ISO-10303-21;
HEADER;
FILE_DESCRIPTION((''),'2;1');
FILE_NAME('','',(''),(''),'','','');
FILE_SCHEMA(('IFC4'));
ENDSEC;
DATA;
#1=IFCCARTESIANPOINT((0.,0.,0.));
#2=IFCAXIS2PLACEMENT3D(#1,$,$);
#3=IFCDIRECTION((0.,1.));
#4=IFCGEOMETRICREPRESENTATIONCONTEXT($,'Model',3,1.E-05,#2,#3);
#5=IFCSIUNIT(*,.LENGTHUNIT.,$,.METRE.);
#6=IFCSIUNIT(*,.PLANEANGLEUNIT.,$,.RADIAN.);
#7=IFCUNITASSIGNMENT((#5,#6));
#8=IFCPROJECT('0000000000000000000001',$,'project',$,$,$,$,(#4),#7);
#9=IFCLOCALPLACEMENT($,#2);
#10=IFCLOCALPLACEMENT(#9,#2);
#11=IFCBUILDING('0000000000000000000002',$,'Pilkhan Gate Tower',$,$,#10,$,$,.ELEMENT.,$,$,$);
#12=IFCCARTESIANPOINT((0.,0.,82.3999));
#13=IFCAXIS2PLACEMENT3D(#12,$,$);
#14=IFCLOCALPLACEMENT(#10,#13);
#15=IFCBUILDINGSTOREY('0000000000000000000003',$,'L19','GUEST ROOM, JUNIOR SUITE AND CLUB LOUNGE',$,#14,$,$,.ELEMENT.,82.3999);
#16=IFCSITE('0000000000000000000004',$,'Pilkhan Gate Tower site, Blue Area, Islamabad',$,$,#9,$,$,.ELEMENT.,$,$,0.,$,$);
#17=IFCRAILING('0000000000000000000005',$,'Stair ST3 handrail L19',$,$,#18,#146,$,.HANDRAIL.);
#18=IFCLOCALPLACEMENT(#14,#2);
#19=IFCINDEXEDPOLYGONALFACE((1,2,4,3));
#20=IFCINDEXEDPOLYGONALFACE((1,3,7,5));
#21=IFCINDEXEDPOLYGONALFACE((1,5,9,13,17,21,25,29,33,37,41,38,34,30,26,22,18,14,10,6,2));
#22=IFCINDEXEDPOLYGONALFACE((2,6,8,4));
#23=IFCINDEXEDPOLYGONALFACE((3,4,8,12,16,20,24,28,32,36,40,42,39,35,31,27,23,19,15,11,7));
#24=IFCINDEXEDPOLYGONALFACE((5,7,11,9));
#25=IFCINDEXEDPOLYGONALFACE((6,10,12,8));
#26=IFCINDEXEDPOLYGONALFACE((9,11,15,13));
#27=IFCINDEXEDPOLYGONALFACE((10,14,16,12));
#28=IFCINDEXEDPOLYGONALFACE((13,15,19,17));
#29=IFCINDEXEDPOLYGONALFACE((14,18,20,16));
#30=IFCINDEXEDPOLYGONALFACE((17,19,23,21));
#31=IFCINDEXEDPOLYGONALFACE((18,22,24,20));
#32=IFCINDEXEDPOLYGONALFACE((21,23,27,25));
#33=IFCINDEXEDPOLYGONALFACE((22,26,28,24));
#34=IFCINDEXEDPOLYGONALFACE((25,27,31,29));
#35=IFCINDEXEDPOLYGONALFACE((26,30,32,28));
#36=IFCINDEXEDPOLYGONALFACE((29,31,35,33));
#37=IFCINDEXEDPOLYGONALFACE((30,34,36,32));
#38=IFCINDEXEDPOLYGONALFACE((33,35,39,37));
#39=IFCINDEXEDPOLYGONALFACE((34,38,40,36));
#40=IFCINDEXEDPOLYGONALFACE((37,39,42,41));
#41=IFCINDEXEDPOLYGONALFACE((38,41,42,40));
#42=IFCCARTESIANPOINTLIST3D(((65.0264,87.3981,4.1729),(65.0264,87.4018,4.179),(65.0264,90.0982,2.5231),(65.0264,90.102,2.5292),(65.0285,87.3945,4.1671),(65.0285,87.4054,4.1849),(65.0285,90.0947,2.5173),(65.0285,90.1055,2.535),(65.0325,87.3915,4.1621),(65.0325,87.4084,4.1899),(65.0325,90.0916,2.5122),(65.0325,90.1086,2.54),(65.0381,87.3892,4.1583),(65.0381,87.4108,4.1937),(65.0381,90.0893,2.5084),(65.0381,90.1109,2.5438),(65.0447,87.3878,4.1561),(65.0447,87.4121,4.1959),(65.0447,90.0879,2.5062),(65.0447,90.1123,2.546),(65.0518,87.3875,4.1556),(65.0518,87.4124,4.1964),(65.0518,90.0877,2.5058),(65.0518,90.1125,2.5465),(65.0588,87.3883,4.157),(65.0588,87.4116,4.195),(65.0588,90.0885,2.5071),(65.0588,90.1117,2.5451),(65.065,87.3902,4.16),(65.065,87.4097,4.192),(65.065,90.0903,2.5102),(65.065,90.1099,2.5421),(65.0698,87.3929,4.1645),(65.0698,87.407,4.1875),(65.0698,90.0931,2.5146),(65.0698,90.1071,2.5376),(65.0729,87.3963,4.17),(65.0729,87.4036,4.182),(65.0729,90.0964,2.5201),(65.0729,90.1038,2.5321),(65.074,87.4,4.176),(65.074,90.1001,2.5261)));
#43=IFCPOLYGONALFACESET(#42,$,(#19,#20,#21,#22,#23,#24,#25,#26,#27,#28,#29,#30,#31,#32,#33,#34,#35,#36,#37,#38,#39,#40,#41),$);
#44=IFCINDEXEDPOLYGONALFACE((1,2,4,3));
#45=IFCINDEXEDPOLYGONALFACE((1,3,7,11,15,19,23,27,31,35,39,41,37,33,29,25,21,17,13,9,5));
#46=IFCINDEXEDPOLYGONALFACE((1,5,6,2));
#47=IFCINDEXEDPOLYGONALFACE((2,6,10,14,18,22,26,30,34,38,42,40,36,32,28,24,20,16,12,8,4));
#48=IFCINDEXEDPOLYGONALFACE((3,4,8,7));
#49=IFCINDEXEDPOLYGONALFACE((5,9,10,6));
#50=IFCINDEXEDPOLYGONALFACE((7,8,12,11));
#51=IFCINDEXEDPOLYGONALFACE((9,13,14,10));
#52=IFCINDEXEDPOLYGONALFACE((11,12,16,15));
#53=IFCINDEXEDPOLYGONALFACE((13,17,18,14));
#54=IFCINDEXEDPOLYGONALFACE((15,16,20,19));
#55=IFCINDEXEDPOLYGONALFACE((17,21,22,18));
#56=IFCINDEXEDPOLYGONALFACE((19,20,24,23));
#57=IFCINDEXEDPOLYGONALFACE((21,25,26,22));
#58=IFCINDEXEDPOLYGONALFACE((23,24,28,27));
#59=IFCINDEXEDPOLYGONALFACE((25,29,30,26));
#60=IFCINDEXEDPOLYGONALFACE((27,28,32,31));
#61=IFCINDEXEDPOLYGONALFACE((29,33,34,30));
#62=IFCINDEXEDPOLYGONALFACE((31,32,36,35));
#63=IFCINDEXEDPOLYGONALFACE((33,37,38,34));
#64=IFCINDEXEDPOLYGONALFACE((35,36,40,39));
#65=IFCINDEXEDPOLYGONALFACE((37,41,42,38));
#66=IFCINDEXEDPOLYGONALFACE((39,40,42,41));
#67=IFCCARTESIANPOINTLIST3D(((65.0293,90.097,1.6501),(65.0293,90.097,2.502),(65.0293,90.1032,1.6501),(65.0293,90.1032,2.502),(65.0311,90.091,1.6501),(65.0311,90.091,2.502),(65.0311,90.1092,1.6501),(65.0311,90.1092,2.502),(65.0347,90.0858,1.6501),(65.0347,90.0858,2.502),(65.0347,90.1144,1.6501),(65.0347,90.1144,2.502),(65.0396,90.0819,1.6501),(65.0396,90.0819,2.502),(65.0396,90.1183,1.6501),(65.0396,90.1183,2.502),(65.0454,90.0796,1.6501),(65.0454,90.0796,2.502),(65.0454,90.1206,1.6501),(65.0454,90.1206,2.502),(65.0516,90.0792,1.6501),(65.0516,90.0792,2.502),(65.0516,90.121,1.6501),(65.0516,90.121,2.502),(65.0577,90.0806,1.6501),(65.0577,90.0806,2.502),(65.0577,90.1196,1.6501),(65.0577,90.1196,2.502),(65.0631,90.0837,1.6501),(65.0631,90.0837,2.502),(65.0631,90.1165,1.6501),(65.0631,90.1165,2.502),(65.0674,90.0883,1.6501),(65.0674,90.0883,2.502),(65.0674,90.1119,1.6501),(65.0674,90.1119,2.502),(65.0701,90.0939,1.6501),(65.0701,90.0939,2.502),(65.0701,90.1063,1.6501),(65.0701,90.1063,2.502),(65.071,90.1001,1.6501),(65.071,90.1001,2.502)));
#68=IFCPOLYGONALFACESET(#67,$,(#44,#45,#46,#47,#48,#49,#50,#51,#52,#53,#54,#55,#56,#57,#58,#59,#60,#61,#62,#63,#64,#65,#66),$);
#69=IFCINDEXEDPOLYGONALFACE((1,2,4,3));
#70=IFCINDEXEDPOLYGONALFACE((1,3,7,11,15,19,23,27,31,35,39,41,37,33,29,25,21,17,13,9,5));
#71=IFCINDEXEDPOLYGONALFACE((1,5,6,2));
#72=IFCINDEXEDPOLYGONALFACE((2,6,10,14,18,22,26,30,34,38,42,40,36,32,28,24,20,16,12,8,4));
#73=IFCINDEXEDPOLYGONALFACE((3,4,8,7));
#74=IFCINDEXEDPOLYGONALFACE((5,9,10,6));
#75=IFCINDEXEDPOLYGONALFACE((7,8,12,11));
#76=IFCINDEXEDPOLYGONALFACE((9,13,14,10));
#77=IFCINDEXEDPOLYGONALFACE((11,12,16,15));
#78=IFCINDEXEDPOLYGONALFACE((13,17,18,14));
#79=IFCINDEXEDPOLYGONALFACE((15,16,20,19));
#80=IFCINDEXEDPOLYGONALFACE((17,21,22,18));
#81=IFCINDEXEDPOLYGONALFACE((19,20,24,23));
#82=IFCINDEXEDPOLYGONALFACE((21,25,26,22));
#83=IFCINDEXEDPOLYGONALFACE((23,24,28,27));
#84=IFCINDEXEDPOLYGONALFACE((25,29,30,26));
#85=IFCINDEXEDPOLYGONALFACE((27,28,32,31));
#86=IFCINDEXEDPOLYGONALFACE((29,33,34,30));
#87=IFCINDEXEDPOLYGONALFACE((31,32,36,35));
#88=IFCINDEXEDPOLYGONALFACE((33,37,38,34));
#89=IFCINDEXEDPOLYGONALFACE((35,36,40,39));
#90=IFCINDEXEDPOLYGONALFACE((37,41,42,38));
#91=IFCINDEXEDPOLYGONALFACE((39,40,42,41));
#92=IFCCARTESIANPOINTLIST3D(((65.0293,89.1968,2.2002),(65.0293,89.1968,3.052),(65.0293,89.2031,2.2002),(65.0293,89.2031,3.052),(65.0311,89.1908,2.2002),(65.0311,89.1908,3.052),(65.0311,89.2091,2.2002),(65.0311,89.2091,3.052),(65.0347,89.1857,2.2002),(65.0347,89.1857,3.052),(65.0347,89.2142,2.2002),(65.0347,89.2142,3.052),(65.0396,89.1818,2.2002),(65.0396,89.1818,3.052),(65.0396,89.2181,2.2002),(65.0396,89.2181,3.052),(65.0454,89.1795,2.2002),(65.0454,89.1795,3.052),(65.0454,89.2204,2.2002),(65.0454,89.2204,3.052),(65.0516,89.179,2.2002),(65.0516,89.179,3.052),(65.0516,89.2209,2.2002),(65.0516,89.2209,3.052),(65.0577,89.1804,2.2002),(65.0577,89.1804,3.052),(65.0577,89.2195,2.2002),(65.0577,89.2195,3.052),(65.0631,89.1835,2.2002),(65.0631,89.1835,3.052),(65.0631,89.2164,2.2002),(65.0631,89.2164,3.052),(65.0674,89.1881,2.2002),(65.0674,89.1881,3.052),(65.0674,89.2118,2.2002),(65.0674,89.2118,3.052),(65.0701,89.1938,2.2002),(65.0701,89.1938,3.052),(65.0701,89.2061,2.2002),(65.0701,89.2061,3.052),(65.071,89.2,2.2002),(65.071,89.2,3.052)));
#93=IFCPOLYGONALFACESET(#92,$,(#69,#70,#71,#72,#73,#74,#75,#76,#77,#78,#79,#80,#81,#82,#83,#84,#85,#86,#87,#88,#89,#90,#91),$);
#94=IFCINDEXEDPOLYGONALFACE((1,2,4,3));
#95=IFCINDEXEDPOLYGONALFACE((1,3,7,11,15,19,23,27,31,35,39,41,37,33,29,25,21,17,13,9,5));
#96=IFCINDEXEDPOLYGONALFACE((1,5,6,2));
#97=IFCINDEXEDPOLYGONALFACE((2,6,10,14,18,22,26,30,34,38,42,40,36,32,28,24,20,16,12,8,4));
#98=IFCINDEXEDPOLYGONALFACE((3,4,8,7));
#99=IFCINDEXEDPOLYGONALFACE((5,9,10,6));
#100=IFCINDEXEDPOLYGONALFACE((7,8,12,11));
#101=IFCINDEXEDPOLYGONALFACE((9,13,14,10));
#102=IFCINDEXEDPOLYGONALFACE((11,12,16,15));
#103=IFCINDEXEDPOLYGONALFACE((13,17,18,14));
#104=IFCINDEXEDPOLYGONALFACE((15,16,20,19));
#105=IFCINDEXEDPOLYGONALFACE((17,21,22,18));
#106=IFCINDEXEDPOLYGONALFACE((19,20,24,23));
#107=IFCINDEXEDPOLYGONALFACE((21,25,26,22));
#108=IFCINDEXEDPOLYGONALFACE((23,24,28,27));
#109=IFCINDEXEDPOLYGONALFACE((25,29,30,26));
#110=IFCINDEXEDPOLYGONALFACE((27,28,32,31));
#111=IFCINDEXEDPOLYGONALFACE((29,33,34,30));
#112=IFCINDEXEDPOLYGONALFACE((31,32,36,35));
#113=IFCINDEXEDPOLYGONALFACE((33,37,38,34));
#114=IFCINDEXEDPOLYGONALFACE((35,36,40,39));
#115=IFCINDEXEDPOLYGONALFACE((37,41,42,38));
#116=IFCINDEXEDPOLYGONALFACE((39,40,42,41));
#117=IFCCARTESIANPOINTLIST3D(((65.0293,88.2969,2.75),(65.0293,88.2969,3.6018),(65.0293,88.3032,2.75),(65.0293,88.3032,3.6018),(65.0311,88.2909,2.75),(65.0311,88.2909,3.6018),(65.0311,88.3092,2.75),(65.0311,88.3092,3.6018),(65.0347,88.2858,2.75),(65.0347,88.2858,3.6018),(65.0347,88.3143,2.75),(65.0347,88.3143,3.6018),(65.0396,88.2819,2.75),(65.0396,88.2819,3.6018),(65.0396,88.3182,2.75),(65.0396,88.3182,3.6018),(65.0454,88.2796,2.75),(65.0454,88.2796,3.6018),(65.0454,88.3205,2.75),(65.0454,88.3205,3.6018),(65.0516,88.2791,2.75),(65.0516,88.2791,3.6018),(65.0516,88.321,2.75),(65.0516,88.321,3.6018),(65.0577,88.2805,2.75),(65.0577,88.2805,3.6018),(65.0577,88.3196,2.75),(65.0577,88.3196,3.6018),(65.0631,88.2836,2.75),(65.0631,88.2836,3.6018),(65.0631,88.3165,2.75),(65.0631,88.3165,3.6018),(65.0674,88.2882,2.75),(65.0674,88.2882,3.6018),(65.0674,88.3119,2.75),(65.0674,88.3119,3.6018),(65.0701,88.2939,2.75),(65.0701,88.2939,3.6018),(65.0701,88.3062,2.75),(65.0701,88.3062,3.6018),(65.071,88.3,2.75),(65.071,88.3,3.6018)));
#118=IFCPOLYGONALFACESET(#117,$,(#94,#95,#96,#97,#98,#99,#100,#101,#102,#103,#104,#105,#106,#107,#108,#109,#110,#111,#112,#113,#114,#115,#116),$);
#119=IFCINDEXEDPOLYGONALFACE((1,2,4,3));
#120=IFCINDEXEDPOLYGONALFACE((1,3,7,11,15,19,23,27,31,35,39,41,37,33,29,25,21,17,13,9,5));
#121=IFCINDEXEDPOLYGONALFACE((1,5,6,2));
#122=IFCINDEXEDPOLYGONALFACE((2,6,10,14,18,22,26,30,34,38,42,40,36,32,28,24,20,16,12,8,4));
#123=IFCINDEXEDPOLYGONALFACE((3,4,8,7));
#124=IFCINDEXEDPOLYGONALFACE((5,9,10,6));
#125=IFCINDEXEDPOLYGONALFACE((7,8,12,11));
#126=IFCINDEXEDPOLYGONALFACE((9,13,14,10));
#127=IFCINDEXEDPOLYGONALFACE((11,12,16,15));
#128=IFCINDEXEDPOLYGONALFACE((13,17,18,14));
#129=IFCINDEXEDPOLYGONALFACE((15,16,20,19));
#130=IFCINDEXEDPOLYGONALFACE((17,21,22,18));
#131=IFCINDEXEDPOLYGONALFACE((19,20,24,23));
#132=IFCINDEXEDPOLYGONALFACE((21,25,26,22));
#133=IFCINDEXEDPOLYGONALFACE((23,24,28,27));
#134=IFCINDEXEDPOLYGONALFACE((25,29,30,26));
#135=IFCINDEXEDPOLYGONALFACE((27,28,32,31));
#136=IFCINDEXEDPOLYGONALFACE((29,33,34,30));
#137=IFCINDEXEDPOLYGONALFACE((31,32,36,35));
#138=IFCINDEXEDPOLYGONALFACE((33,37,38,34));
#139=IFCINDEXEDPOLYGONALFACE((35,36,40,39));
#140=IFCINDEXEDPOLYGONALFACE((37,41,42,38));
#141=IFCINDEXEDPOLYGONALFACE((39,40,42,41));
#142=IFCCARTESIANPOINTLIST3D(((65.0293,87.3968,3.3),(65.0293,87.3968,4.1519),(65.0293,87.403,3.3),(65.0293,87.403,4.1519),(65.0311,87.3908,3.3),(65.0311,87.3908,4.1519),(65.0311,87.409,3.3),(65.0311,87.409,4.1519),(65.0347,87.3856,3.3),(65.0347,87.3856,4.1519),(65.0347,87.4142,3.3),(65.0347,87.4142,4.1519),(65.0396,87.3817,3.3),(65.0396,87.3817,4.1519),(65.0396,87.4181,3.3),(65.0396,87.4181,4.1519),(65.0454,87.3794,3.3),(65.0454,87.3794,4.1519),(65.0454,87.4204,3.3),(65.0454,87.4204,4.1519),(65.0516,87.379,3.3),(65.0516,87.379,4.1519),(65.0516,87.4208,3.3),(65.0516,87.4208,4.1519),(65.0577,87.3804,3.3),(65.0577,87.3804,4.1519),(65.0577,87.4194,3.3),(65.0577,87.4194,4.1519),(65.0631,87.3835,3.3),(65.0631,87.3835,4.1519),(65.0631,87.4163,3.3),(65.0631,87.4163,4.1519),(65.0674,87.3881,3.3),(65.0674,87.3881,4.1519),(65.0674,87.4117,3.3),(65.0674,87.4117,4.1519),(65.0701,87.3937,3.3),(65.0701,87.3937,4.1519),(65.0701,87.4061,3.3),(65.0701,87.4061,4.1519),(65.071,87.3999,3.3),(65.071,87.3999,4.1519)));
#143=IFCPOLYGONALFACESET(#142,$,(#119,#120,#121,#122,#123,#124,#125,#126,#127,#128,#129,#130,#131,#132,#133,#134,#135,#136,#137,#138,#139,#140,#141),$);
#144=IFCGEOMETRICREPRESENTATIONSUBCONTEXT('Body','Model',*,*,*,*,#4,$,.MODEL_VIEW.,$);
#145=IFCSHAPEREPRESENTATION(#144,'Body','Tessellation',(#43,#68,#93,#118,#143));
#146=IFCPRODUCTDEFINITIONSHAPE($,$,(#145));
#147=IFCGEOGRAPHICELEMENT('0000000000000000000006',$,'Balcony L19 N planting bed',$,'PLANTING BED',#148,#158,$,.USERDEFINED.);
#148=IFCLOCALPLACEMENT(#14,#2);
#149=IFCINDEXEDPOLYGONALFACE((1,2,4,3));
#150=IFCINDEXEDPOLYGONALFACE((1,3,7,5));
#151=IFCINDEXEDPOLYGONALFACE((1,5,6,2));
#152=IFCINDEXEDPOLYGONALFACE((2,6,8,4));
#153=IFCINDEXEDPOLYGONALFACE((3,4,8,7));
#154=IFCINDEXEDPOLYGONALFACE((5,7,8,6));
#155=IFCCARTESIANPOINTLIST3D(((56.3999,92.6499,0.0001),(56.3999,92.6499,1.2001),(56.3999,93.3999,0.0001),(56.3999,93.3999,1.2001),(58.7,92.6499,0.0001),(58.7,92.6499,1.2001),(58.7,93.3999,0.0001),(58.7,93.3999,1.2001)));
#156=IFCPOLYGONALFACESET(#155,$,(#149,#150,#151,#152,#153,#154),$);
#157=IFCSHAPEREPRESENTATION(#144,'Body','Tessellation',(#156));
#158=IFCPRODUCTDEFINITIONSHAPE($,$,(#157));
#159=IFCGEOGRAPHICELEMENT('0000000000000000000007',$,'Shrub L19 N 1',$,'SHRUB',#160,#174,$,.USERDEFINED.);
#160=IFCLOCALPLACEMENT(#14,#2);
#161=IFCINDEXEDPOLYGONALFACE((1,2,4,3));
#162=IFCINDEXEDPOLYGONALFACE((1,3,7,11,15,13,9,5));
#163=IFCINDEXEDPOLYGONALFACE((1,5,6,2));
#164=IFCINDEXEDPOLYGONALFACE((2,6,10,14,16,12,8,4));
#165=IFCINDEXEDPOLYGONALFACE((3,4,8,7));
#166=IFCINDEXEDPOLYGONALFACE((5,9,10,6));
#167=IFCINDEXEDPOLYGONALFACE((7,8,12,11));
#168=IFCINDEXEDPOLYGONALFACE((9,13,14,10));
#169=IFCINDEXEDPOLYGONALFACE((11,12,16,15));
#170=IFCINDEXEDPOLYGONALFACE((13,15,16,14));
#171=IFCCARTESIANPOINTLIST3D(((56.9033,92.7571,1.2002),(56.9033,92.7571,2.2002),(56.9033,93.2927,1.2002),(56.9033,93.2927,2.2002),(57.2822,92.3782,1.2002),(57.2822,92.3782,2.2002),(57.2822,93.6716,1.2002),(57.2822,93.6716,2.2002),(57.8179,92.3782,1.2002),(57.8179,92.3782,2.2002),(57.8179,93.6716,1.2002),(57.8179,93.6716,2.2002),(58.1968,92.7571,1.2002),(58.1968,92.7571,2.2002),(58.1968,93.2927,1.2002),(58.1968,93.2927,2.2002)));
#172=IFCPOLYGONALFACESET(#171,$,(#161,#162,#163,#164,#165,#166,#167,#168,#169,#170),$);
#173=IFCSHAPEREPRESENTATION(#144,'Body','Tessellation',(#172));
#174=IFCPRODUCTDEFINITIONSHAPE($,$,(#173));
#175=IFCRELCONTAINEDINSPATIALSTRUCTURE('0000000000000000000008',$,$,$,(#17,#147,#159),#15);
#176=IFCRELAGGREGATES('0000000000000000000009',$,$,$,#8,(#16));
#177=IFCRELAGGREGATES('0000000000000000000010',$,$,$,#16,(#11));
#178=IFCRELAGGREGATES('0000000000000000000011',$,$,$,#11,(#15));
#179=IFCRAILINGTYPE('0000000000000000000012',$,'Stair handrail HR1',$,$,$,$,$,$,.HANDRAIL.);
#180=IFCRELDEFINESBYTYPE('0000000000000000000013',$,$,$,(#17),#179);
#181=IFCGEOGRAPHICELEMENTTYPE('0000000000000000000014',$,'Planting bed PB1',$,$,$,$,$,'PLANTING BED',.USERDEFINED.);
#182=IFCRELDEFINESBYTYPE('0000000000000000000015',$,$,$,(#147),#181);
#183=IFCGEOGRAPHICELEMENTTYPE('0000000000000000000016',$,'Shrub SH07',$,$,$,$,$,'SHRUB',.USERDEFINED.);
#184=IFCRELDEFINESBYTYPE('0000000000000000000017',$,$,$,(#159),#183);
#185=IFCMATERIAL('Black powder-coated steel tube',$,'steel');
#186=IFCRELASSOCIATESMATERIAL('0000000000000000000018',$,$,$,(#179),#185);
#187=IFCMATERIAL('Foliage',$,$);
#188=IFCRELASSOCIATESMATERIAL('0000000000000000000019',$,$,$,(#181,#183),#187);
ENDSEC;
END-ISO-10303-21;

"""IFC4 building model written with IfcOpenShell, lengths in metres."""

from ifc_helpers import new_model, si_unit, direction, frame, origin, origin_2d, place, context, subcontext, project, spatial, polyline, rectangle, circle, outline, extrude, material, material_profile, profile_set, type_object, element, save


model = new_model("IFC4")

# Units and contexts
model_context = context("Model", 3, precision=1e-05, world=origin(), true_north=direction((0.0, 1.0)))
body_context = subcontext(model_context, "Body", "Model", "MODEL_VIEW")
ifc_project = project(units=[si_unit("LENGTHUNIT", "METRE"), si_unit("PLANEANGLEUNIT", "RADIAN")], contexts=[model_context])

# Site, building, storey
site_placement = place(None, origin())
site = spatial("IfcSite", under=ifc_project, at=site_placement, Name="Pilkhan Gate Tower site, Blue Area, Islamabad", CompositionType="ELEMENT", RefElevation=0.0)
building_placement = place(site_placement, origin())
building = spatial("IfcBuilding", under=site, at=building_placement, Name="Pilkhan Gate Tower", CompositionType="ELEMENT")
storey_placement = place(building_placement, frame((0.0, 0.0, 82.3999)))
storey = spatial("IfcBuildingStorey", under=building, at=storey_placement, Name="L19", Description="GUEST ROOM, JUNIOR SUITE AND CLUB LOUNGE", CompositionType="ELEMENT", Elevation=82.3999)

# Railing
ifc_material_1 = material(Name="Black powder-coated steel tube", Category="steel")
railing_type_1 = type_object("IfcRailingType", Name="Stair handrail HR1", PredefinedType="HANDRAIL", material=ifc_material_1)
railing_1_placement = place(storey_placement, frame((65.05, 90.1001, 1.6501)))
element("IfcRailing", 1, at=railing_1_placement, inside=storey, type_object=railing_type_1, Name="Stair ST3 handrail L19", PredefinedType="HANDRAIL", context=body_context, shape_type="SweptSolid", body=[
    extrude(circle(Radius=0.0239, at=origin_2d()), frame((0.0, 0.0, 0.876), z_axis=(0.0, -0.853312, 0.5214), x_axis=(1.0, 0.0, 0.0)), (0.0, 0.0, 1.0), 3.1643),
    extrude(circle(Radius=0.021, at=origin_2d()), origin(), (0.0, 0.0, 1.0), 0.8518),
    extrude(circle(Radius=0.021, at=origin_2d()), frame((0.0, -0.9001, 0.55)), (0.0, 0.0, 1.0), 0.8518),
    extrude(circle(Radius=0.021, at=origin_2d()), frame((0.0, -1.8, 1.0999)), (0.0, 0.0, 1.0), 0.8518),
    extrude(circle(Radius=0.021, at=origin_2d()), frame((0.0, -2.7002, 1.6499)), (0.0, 0.0, 1.0), 0.8518),
])

# Geographic elements
ifc_material_2 = material(Name="Foliage")
ifc_material_profile_1 = material_profile(ifc_material_2, rectangle(XDim=0.75, YDim=1.2, at=origin_2d()), Name="Bed 750x1200")
ifc_profile_set_1 = profile_set([ifc_material_profile_1], Name="Foliage")
geographic_element_type_1 = type_object("IfcGeographicElementType", Name="Planting bed PB1", ElementType="PLANTING BED", PredefinedType="USERDEFINED", material=ifc_profile_set_1)
geographic_element_1_placement = place(storey_placement, frame((56.3999, 93.0249, 0.6001), z_axis=(1.0, 0.0, 0.0), x_axis=(0.0, 1.0, 0.0)))
element("IfcGeographicElement", 2, at=geographic_element_1_placement, inside=storey, type_object=geographic_element_type_1, Name="Balcony L19 N planting bed", ObjectType="PLANTING BED", PredefinedType="USERDEFINED", context=body_context, shape_type="SweptSolid", body=[
    extrude(rectangle(XDim=0.75, YDim=1.2, at=origin_2d()), origin(), (0.0, 0.0, 1.0), 2.3),
])
ifc_material_profile_2 = material_profile(ifc_material_2, outline(polyline([(0.6467, 0.2678), (0.2678, 0.6467), (-0.2678, 0.6467), (-0.6467, 0.2678), (-0.6467, -0.2678), (-0.2678, -0.6467), (0.2678, -0.6467), (0.6467, -0.2678), (0.6467, 0.2678)])), Name="Shrub D1.4")
ifc_profile_set_2 = profile_set([ifc_material_profile_2], Name="Foliage")
geographic_element_type_2 = type_object("IfcGeographicElementType", Name="Shrub SH07", ElementType="SHRUB", PredefinedType="USERDEFINED", material=ifc_profile_set_2)
geographic_element_2_placement = place(storey_placement, frame((57.55, 93.0249, 1.2002), z_axis=(0.0, 0.0, 1.0), x_axis=(1.0, 0.0, 0.0)))
element("IfcGeographicElement", 3, at=geographic_element_2_placement, inside=storey, type_object=geographic_element_type_2, Name="Shrub L19 N 1", ObjectType="SHRUB", PredefinedType="USERDEFINED", context=body_context, shape_type="SweptSolid", body=[
    extrude(outline(polyline([(0.6467, 0.2678), (0.2678, 0.6467), (-0.2678, 0.6467), (-0.6467, 0.2678), (-0.6467, -0.2678), (-0.2678, -0.6467), (0.2678, -0.6467), (0.6467, -0.2678), (0.6467, 0.2678)])), origin(), (0.0, 0.0, 1.0), 1.0),
])

save(model, "model.ifc")
